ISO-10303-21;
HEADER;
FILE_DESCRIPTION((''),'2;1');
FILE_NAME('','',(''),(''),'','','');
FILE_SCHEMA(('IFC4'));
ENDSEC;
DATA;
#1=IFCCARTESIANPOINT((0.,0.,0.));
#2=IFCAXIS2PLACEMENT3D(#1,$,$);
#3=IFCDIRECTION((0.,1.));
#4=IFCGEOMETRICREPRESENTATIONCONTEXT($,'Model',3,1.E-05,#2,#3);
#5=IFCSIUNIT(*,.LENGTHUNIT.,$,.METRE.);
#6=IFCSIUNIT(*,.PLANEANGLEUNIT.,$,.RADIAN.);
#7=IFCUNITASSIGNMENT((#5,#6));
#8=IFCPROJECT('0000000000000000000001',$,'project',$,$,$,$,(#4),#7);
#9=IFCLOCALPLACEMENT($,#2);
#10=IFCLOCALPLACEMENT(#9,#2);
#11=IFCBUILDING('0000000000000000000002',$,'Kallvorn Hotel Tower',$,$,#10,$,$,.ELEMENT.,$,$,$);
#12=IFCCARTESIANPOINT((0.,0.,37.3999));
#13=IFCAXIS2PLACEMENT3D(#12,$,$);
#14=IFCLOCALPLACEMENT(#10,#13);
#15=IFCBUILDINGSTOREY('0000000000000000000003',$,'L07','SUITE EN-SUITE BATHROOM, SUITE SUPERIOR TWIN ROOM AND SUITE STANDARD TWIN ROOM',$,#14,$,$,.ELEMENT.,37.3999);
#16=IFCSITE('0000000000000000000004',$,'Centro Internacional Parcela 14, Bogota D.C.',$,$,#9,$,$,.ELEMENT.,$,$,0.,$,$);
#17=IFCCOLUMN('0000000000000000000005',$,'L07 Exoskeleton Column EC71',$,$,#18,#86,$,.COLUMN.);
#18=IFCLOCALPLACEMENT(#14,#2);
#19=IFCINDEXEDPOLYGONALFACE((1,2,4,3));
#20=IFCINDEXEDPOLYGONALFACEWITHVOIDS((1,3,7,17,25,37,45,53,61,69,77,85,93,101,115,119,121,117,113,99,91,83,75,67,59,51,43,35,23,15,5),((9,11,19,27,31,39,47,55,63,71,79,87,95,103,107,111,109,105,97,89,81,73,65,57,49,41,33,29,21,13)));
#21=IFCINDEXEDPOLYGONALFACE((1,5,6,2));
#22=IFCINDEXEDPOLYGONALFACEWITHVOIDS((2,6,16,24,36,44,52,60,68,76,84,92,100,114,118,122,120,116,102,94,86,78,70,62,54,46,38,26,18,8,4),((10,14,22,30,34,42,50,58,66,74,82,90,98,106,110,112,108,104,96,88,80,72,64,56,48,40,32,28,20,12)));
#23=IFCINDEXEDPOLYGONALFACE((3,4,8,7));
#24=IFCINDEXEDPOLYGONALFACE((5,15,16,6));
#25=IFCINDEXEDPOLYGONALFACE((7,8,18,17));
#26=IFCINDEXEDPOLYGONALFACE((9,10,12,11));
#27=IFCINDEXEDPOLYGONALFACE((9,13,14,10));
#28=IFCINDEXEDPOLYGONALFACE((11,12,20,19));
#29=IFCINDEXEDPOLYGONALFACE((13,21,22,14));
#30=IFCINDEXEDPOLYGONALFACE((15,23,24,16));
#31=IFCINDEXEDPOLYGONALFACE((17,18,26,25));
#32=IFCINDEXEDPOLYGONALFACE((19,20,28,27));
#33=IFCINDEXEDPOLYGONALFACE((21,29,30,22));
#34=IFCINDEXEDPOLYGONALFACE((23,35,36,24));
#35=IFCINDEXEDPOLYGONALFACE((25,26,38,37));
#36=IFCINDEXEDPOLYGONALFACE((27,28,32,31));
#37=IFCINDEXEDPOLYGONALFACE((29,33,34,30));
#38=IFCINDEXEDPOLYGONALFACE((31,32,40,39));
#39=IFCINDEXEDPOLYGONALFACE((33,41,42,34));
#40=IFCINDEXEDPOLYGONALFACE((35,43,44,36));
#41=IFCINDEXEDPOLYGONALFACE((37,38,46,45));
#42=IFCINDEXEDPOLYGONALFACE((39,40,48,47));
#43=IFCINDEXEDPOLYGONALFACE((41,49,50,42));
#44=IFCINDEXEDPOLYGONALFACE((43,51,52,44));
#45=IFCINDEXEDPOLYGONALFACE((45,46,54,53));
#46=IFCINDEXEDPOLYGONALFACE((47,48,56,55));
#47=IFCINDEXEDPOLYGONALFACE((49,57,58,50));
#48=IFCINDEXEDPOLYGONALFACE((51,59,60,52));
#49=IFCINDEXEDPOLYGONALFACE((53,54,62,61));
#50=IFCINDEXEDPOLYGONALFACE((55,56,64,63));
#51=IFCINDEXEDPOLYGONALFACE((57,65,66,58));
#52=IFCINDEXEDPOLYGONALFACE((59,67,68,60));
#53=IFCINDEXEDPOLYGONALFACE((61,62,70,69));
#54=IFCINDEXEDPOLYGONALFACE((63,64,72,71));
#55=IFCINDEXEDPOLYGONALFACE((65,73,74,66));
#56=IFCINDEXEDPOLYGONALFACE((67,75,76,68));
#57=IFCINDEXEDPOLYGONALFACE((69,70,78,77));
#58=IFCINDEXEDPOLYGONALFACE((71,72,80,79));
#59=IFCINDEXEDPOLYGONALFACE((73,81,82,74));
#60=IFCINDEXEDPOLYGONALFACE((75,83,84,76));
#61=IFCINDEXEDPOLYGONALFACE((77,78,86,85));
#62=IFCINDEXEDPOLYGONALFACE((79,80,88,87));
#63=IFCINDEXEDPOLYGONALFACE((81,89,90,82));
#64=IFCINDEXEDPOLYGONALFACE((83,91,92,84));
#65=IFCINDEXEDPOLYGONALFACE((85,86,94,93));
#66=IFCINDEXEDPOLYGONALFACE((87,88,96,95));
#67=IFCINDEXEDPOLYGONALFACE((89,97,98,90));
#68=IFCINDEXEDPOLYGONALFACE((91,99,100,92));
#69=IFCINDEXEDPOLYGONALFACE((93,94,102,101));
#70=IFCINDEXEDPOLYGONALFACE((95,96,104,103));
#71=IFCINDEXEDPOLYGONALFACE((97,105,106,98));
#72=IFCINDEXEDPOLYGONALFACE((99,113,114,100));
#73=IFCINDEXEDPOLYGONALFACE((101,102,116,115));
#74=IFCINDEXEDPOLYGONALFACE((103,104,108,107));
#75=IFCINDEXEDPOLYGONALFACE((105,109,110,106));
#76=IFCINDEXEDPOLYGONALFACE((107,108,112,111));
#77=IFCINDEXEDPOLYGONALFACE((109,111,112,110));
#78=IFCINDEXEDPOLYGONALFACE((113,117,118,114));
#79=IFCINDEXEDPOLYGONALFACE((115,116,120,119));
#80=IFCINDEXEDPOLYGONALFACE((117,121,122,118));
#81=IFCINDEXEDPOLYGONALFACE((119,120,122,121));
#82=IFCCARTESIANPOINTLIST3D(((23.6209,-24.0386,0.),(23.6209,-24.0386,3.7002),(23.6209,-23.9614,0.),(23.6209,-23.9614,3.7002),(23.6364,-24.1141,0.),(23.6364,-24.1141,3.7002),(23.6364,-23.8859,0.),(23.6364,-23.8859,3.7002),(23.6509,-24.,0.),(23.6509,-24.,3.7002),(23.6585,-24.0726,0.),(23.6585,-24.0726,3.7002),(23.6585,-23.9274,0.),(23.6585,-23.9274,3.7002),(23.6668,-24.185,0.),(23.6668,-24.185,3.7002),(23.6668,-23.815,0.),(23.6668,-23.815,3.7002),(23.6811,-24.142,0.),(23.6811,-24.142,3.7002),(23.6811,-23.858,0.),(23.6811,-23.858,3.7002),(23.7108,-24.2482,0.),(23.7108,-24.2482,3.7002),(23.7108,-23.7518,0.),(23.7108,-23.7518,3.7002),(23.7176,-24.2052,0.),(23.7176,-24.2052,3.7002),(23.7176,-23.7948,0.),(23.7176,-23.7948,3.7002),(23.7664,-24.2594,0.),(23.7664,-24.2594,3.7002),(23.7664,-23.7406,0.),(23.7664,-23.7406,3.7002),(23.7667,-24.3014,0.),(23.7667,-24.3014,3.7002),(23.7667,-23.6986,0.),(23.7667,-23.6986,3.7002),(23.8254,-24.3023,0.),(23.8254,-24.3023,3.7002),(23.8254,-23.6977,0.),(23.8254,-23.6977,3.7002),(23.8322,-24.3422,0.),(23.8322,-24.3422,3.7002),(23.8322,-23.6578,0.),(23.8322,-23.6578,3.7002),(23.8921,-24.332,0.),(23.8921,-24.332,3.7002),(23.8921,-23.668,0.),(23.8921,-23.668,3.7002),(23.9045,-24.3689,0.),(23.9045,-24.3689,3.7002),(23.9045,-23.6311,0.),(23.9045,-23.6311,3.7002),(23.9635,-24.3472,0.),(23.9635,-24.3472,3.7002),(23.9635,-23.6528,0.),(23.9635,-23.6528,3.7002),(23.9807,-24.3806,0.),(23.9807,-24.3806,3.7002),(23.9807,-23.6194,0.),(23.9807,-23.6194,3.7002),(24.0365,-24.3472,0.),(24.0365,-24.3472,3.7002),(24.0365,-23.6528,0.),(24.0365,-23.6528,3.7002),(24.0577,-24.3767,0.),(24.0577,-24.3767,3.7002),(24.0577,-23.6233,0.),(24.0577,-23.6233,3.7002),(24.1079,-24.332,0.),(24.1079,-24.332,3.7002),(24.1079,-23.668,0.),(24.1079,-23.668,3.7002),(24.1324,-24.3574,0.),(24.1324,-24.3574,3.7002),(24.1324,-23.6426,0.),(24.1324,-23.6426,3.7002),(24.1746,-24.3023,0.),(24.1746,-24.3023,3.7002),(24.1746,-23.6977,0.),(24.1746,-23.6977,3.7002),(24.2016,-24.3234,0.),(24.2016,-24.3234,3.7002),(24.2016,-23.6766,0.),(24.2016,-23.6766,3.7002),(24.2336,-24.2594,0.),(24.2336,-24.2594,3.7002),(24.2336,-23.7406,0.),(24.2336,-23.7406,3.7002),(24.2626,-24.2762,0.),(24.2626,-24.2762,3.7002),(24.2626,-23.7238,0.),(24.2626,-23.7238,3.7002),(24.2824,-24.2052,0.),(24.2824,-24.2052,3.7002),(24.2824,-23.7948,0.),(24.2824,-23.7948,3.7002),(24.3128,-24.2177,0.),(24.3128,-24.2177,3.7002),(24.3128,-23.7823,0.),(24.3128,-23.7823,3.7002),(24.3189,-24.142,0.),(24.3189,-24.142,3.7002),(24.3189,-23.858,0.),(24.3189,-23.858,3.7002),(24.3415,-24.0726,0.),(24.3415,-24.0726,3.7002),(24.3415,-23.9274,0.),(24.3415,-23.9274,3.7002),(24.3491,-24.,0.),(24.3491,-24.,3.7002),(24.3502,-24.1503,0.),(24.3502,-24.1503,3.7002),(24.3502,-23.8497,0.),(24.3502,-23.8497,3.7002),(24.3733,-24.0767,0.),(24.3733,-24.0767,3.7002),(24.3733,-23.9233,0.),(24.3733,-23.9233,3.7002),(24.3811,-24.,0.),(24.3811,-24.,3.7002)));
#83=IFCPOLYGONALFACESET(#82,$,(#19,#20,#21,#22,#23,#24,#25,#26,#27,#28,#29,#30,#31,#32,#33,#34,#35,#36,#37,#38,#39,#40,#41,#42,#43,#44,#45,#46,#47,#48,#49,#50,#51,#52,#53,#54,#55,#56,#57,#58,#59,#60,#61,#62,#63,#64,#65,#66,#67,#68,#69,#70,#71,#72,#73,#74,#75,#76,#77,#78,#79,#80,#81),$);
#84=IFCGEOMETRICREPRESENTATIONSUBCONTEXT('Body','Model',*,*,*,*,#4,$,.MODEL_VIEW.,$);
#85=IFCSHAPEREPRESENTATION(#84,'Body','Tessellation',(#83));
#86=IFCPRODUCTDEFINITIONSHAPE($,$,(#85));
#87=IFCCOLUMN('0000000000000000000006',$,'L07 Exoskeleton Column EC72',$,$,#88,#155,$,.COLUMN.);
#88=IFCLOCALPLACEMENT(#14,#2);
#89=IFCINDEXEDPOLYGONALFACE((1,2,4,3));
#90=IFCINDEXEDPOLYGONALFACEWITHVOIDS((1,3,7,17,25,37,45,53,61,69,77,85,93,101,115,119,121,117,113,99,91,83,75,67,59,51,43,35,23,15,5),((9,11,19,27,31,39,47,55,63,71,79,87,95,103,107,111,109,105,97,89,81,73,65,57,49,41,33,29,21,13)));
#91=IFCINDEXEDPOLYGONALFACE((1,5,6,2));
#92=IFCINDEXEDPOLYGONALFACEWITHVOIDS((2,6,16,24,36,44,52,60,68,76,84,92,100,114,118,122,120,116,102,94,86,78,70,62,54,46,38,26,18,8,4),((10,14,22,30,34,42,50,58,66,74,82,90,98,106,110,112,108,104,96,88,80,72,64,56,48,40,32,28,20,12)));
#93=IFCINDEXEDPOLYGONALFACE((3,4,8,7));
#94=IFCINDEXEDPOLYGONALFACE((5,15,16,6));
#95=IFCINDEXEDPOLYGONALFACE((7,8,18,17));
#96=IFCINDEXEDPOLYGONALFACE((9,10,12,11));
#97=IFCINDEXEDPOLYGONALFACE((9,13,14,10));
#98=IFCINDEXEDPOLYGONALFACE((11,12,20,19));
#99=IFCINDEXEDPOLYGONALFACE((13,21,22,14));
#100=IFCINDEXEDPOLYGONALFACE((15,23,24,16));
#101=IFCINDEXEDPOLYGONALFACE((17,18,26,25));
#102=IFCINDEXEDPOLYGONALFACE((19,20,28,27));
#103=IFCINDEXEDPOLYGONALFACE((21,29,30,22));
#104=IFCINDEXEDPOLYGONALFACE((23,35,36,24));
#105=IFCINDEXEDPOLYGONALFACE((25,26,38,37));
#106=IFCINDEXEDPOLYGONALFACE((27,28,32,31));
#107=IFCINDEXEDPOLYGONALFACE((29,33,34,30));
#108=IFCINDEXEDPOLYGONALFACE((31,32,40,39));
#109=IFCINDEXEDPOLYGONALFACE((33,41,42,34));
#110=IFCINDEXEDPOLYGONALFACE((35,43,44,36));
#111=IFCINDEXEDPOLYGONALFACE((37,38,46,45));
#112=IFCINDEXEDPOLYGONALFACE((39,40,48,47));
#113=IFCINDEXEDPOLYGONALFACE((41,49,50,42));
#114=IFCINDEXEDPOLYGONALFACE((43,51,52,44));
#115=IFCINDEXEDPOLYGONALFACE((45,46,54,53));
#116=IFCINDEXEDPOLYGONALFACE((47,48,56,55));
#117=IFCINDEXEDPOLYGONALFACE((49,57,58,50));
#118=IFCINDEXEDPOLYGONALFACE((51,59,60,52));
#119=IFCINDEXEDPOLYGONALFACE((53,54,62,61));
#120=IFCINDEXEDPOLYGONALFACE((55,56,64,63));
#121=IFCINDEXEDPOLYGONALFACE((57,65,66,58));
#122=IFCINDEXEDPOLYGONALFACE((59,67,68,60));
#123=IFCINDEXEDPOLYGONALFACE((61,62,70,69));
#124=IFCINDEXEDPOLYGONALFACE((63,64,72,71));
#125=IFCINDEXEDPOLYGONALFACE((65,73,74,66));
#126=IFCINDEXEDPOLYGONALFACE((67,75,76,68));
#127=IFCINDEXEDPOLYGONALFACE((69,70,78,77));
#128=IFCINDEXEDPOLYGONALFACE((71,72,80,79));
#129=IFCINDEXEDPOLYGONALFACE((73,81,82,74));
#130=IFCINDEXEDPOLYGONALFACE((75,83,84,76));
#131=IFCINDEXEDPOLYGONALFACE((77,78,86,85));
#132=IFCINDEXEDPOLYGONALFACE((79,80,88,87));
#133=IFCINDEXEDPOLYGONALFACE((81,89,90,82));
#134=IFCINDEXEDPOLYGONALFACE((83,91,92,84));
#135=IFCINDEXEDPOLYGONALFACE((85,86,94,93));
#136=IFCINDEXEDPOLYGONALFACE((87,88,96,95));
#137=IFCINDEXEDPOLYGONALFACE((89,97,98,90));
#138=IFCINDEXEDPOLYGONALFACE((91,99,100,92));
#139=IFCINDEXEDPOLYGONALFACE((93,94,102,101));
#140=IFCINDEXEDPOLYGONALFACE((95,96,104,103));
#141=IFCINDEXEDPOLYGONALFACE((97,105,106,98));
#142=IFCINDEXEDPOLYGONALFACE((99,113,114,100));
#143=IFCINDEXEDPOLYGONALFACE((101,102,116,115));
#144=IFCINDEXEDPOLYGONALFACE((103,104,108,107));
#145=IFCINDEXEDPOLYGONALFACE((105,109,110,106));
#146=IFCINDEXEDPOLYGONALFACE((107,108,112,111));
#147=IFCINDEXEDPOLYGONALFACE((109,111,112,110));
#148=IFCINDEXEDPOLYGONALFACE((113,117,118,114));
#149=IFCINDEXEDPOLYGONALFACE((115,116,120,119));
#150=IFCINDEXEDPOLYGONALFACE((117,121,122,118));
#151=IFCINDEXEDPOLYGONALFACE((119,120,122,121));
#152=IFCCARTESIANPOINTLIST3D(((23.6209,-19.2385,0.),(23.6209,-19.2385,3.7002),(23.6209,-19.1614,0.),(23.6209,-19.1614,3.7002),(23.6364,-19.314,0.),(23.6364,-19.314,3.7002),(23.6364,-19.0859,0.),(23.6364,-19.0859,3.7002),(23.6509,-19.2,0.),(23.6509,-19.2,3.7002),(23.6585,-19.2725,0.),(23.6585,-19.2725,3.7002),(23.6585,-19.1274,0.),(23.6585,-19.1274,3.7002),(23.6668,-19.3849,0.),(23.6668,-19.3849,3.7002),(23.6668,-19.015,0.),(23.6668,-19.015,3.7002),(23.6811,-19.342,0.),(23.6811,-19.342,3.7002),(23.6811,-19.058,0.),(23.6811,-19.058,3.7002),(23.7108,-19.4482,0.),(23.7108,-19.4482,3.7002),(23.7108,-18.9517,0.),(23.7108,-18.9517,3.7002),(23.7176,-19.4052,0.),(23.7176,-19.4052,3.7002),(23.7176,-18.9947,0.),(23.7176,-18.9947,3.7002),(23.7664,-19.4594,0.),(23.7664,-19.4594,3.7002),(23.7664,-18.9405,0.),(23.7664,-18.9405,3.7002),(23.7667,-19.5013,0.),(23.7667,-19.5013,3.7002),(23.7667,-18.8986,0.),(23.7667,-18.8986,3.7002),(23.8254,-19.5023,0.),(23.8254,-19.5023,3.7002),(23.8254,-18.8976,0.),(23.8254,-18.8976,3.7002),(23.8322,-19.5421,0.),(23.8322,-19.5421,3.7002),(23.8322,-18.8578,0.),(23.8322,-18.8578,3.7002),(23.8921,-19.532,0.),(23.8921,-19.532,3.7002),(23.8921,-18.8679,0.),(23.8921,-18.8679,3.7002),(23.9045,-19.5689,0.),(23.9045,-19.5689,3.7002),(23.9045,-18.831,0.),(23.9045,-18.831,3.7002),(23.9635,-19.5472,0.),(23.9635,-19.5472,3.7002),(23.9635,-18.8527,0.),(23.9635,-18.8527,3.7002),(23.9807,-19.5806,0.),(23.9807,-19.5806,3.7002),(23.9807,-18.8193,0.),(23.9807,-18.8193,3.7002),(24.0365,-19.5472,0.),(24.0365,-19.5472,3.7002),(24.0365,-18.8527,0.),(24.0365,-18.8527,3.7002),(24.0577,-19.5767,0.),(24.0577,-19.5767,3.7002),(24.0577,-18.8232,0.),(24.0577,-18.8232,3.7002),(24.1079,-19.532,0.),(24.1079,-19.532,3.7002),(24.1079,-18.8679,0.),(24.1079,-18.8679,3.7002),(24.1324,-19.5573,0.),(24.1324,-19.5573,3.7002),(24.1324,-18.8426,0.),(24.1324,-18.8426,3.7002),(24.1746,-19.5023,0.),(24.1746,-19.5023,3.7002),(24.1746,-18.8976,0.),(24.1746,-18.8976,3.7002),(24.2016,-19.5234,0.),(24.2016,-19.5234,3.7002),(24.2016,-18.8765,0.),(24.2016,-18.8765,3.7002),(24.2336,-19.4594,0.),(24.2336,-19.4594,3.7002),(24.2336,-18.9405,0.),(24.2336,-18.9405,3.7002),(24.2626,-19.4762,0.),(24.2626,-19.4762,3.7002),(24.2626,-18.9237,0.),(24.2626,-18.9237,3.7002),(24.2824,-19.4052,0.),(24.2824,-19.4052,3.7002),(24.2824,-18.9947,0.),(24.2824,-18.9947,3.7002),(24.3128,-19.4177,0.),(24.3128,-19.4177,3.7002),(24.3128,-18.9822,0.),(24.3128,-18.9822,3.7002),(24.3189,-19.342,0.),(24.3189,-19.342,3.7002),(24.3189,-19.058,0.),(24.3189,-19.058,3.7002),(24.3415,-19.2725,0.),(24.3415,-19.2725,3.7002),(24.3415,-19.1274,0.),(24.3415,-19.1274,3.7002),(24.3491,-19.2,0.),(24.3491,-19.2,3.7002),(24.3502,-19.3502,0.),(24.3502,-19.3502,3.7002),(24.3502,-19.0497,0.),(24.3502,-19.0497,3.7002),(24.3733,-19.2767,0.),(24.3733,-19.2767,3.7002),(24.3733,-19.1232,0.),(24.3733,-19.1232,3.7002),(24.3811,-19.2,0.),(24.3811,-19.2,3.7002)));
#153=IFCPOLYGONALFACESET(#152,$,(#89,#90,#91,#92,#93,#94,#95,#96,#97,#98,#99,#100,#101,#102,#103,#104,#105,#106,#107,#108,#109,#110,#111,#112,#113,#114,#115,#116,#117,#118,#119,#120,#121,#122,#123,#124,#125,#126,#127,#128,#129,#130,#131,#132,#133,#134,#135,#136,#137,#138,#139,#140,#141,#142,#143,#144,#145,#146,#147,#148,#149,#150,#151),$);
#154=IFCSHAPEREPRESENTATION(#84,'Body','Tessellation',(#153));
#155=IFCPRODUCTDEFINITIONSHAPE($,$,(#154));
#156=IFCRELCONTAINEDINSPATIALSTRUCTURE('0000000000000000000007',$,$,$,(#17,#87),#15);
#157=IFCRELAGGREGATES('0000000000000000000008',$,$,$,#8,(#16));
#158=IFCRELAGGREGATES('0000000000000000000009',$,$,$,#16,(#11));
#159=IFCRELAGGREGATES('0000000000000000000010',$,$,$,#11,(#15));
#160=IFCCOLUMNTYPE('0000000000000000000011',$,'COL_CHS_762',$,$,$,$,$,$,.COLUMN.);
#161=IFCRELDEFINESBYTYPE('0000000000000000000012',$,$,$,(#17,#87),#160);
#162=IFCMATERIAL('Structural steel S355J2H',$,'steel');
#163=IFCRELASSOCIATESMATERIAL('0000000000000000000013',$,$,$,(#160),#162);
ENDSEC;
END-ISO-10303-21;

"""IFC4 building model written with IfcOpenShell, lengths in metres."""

from ifc_helpers import new_model, si_unit, direction, frame, origin, origin_2d, place, context, subcontext, project, spatial, hollow_circle, extrude, material, material_profile, profile_set, type_object, element, save


model = new_model("IFC4")

# Units and contexts
model_context = context("Model", 3, precision=1e-05, world=origin(), true_north=direction((0.0, 1.0)))
body_context = subcontext(model_context, "Body", "Model", "MODEL_VIEW")
ifc_project = project(units=[si_unit("LENGTHUNIT", "METRE"), si_unit("PLANEANGLEUNIT", "RADIAN")], contexts=[model_context])

# Site, building, storey
site_placement = place(None, origin())
site = spatial("IfcSite", under=ifc_project, at=site_placement, Name="Centro Internacional Parcela 14, Bogota D.C.", CompositionType="ELEMENT", RefElevation=0.0)
building_placement = place(site_placement, origin())
building = spatial("IfcBuilding", under=site, at=building_placement, Name="Kallvorn Hotel Tower", CompositionType="ELEMENT")
storey_placement = place(building_placement, frame((0.0, 0.0, 37.3999)))
storey = spatial("IfcBuildingStorey", under=building, at=storey_placement, Name="L07", Description="SUITE EN-SUITE BATHROOM, SUITE SUPERIOR TWIN ROOM AND SUITE STANDARD TWIN ROOM", CompositionType="ELEMENT", Elevation=37.3999)

# Columns
ifc_material_1 = material(Name="Structural steel S355J2H", Category="steel")
ifc_material_profile_1 = material_profile(ifc_material_1, hollow_circle(Radius=0.3811, WallThickness=0.032, at=origin_2d()), Name="CHS 762x32")
ifc_profile_set_1 = profile_set([ifc_material_profile_1], Name="Structural steel S355J2H")
column_type_1 = type_object("IfcColumnType", Name="COL_CHS_762", PredefinedType="COLUMN", material=ifc_profile_set_1)
for number, where, z_axis, x_axis, name in (
    (1, (24.0, -24.0, 0.0), (0.0, 0.0, 1.0), (1.0, 0.0, 0.0), "L07 Exoskeleton Column EC71"),
    (2, (24.0, -19.2, 0.0), (0.0, 0.0, 1.0), (1.0, 0.0, 0.0), "L07 Exoskeleton Column EC72"),
):
    element("IfcColumn", number, at=place(storey_placement, frame(where, z_axis=z_axis, x_axis=x_axis)), inside=storey, type_object=column_type_1, Name=name, PredefinedType="COLUMN", context=body_context, shape_type="SweptSolid", body=[
        extrude(hollow_circle(Radius=0.3811, WallThickness=0.032, at=origin_2d()), origin(), (0.0, 0.0, 1.0), 3.7002),
    ])

save(model, "model.ifc")
